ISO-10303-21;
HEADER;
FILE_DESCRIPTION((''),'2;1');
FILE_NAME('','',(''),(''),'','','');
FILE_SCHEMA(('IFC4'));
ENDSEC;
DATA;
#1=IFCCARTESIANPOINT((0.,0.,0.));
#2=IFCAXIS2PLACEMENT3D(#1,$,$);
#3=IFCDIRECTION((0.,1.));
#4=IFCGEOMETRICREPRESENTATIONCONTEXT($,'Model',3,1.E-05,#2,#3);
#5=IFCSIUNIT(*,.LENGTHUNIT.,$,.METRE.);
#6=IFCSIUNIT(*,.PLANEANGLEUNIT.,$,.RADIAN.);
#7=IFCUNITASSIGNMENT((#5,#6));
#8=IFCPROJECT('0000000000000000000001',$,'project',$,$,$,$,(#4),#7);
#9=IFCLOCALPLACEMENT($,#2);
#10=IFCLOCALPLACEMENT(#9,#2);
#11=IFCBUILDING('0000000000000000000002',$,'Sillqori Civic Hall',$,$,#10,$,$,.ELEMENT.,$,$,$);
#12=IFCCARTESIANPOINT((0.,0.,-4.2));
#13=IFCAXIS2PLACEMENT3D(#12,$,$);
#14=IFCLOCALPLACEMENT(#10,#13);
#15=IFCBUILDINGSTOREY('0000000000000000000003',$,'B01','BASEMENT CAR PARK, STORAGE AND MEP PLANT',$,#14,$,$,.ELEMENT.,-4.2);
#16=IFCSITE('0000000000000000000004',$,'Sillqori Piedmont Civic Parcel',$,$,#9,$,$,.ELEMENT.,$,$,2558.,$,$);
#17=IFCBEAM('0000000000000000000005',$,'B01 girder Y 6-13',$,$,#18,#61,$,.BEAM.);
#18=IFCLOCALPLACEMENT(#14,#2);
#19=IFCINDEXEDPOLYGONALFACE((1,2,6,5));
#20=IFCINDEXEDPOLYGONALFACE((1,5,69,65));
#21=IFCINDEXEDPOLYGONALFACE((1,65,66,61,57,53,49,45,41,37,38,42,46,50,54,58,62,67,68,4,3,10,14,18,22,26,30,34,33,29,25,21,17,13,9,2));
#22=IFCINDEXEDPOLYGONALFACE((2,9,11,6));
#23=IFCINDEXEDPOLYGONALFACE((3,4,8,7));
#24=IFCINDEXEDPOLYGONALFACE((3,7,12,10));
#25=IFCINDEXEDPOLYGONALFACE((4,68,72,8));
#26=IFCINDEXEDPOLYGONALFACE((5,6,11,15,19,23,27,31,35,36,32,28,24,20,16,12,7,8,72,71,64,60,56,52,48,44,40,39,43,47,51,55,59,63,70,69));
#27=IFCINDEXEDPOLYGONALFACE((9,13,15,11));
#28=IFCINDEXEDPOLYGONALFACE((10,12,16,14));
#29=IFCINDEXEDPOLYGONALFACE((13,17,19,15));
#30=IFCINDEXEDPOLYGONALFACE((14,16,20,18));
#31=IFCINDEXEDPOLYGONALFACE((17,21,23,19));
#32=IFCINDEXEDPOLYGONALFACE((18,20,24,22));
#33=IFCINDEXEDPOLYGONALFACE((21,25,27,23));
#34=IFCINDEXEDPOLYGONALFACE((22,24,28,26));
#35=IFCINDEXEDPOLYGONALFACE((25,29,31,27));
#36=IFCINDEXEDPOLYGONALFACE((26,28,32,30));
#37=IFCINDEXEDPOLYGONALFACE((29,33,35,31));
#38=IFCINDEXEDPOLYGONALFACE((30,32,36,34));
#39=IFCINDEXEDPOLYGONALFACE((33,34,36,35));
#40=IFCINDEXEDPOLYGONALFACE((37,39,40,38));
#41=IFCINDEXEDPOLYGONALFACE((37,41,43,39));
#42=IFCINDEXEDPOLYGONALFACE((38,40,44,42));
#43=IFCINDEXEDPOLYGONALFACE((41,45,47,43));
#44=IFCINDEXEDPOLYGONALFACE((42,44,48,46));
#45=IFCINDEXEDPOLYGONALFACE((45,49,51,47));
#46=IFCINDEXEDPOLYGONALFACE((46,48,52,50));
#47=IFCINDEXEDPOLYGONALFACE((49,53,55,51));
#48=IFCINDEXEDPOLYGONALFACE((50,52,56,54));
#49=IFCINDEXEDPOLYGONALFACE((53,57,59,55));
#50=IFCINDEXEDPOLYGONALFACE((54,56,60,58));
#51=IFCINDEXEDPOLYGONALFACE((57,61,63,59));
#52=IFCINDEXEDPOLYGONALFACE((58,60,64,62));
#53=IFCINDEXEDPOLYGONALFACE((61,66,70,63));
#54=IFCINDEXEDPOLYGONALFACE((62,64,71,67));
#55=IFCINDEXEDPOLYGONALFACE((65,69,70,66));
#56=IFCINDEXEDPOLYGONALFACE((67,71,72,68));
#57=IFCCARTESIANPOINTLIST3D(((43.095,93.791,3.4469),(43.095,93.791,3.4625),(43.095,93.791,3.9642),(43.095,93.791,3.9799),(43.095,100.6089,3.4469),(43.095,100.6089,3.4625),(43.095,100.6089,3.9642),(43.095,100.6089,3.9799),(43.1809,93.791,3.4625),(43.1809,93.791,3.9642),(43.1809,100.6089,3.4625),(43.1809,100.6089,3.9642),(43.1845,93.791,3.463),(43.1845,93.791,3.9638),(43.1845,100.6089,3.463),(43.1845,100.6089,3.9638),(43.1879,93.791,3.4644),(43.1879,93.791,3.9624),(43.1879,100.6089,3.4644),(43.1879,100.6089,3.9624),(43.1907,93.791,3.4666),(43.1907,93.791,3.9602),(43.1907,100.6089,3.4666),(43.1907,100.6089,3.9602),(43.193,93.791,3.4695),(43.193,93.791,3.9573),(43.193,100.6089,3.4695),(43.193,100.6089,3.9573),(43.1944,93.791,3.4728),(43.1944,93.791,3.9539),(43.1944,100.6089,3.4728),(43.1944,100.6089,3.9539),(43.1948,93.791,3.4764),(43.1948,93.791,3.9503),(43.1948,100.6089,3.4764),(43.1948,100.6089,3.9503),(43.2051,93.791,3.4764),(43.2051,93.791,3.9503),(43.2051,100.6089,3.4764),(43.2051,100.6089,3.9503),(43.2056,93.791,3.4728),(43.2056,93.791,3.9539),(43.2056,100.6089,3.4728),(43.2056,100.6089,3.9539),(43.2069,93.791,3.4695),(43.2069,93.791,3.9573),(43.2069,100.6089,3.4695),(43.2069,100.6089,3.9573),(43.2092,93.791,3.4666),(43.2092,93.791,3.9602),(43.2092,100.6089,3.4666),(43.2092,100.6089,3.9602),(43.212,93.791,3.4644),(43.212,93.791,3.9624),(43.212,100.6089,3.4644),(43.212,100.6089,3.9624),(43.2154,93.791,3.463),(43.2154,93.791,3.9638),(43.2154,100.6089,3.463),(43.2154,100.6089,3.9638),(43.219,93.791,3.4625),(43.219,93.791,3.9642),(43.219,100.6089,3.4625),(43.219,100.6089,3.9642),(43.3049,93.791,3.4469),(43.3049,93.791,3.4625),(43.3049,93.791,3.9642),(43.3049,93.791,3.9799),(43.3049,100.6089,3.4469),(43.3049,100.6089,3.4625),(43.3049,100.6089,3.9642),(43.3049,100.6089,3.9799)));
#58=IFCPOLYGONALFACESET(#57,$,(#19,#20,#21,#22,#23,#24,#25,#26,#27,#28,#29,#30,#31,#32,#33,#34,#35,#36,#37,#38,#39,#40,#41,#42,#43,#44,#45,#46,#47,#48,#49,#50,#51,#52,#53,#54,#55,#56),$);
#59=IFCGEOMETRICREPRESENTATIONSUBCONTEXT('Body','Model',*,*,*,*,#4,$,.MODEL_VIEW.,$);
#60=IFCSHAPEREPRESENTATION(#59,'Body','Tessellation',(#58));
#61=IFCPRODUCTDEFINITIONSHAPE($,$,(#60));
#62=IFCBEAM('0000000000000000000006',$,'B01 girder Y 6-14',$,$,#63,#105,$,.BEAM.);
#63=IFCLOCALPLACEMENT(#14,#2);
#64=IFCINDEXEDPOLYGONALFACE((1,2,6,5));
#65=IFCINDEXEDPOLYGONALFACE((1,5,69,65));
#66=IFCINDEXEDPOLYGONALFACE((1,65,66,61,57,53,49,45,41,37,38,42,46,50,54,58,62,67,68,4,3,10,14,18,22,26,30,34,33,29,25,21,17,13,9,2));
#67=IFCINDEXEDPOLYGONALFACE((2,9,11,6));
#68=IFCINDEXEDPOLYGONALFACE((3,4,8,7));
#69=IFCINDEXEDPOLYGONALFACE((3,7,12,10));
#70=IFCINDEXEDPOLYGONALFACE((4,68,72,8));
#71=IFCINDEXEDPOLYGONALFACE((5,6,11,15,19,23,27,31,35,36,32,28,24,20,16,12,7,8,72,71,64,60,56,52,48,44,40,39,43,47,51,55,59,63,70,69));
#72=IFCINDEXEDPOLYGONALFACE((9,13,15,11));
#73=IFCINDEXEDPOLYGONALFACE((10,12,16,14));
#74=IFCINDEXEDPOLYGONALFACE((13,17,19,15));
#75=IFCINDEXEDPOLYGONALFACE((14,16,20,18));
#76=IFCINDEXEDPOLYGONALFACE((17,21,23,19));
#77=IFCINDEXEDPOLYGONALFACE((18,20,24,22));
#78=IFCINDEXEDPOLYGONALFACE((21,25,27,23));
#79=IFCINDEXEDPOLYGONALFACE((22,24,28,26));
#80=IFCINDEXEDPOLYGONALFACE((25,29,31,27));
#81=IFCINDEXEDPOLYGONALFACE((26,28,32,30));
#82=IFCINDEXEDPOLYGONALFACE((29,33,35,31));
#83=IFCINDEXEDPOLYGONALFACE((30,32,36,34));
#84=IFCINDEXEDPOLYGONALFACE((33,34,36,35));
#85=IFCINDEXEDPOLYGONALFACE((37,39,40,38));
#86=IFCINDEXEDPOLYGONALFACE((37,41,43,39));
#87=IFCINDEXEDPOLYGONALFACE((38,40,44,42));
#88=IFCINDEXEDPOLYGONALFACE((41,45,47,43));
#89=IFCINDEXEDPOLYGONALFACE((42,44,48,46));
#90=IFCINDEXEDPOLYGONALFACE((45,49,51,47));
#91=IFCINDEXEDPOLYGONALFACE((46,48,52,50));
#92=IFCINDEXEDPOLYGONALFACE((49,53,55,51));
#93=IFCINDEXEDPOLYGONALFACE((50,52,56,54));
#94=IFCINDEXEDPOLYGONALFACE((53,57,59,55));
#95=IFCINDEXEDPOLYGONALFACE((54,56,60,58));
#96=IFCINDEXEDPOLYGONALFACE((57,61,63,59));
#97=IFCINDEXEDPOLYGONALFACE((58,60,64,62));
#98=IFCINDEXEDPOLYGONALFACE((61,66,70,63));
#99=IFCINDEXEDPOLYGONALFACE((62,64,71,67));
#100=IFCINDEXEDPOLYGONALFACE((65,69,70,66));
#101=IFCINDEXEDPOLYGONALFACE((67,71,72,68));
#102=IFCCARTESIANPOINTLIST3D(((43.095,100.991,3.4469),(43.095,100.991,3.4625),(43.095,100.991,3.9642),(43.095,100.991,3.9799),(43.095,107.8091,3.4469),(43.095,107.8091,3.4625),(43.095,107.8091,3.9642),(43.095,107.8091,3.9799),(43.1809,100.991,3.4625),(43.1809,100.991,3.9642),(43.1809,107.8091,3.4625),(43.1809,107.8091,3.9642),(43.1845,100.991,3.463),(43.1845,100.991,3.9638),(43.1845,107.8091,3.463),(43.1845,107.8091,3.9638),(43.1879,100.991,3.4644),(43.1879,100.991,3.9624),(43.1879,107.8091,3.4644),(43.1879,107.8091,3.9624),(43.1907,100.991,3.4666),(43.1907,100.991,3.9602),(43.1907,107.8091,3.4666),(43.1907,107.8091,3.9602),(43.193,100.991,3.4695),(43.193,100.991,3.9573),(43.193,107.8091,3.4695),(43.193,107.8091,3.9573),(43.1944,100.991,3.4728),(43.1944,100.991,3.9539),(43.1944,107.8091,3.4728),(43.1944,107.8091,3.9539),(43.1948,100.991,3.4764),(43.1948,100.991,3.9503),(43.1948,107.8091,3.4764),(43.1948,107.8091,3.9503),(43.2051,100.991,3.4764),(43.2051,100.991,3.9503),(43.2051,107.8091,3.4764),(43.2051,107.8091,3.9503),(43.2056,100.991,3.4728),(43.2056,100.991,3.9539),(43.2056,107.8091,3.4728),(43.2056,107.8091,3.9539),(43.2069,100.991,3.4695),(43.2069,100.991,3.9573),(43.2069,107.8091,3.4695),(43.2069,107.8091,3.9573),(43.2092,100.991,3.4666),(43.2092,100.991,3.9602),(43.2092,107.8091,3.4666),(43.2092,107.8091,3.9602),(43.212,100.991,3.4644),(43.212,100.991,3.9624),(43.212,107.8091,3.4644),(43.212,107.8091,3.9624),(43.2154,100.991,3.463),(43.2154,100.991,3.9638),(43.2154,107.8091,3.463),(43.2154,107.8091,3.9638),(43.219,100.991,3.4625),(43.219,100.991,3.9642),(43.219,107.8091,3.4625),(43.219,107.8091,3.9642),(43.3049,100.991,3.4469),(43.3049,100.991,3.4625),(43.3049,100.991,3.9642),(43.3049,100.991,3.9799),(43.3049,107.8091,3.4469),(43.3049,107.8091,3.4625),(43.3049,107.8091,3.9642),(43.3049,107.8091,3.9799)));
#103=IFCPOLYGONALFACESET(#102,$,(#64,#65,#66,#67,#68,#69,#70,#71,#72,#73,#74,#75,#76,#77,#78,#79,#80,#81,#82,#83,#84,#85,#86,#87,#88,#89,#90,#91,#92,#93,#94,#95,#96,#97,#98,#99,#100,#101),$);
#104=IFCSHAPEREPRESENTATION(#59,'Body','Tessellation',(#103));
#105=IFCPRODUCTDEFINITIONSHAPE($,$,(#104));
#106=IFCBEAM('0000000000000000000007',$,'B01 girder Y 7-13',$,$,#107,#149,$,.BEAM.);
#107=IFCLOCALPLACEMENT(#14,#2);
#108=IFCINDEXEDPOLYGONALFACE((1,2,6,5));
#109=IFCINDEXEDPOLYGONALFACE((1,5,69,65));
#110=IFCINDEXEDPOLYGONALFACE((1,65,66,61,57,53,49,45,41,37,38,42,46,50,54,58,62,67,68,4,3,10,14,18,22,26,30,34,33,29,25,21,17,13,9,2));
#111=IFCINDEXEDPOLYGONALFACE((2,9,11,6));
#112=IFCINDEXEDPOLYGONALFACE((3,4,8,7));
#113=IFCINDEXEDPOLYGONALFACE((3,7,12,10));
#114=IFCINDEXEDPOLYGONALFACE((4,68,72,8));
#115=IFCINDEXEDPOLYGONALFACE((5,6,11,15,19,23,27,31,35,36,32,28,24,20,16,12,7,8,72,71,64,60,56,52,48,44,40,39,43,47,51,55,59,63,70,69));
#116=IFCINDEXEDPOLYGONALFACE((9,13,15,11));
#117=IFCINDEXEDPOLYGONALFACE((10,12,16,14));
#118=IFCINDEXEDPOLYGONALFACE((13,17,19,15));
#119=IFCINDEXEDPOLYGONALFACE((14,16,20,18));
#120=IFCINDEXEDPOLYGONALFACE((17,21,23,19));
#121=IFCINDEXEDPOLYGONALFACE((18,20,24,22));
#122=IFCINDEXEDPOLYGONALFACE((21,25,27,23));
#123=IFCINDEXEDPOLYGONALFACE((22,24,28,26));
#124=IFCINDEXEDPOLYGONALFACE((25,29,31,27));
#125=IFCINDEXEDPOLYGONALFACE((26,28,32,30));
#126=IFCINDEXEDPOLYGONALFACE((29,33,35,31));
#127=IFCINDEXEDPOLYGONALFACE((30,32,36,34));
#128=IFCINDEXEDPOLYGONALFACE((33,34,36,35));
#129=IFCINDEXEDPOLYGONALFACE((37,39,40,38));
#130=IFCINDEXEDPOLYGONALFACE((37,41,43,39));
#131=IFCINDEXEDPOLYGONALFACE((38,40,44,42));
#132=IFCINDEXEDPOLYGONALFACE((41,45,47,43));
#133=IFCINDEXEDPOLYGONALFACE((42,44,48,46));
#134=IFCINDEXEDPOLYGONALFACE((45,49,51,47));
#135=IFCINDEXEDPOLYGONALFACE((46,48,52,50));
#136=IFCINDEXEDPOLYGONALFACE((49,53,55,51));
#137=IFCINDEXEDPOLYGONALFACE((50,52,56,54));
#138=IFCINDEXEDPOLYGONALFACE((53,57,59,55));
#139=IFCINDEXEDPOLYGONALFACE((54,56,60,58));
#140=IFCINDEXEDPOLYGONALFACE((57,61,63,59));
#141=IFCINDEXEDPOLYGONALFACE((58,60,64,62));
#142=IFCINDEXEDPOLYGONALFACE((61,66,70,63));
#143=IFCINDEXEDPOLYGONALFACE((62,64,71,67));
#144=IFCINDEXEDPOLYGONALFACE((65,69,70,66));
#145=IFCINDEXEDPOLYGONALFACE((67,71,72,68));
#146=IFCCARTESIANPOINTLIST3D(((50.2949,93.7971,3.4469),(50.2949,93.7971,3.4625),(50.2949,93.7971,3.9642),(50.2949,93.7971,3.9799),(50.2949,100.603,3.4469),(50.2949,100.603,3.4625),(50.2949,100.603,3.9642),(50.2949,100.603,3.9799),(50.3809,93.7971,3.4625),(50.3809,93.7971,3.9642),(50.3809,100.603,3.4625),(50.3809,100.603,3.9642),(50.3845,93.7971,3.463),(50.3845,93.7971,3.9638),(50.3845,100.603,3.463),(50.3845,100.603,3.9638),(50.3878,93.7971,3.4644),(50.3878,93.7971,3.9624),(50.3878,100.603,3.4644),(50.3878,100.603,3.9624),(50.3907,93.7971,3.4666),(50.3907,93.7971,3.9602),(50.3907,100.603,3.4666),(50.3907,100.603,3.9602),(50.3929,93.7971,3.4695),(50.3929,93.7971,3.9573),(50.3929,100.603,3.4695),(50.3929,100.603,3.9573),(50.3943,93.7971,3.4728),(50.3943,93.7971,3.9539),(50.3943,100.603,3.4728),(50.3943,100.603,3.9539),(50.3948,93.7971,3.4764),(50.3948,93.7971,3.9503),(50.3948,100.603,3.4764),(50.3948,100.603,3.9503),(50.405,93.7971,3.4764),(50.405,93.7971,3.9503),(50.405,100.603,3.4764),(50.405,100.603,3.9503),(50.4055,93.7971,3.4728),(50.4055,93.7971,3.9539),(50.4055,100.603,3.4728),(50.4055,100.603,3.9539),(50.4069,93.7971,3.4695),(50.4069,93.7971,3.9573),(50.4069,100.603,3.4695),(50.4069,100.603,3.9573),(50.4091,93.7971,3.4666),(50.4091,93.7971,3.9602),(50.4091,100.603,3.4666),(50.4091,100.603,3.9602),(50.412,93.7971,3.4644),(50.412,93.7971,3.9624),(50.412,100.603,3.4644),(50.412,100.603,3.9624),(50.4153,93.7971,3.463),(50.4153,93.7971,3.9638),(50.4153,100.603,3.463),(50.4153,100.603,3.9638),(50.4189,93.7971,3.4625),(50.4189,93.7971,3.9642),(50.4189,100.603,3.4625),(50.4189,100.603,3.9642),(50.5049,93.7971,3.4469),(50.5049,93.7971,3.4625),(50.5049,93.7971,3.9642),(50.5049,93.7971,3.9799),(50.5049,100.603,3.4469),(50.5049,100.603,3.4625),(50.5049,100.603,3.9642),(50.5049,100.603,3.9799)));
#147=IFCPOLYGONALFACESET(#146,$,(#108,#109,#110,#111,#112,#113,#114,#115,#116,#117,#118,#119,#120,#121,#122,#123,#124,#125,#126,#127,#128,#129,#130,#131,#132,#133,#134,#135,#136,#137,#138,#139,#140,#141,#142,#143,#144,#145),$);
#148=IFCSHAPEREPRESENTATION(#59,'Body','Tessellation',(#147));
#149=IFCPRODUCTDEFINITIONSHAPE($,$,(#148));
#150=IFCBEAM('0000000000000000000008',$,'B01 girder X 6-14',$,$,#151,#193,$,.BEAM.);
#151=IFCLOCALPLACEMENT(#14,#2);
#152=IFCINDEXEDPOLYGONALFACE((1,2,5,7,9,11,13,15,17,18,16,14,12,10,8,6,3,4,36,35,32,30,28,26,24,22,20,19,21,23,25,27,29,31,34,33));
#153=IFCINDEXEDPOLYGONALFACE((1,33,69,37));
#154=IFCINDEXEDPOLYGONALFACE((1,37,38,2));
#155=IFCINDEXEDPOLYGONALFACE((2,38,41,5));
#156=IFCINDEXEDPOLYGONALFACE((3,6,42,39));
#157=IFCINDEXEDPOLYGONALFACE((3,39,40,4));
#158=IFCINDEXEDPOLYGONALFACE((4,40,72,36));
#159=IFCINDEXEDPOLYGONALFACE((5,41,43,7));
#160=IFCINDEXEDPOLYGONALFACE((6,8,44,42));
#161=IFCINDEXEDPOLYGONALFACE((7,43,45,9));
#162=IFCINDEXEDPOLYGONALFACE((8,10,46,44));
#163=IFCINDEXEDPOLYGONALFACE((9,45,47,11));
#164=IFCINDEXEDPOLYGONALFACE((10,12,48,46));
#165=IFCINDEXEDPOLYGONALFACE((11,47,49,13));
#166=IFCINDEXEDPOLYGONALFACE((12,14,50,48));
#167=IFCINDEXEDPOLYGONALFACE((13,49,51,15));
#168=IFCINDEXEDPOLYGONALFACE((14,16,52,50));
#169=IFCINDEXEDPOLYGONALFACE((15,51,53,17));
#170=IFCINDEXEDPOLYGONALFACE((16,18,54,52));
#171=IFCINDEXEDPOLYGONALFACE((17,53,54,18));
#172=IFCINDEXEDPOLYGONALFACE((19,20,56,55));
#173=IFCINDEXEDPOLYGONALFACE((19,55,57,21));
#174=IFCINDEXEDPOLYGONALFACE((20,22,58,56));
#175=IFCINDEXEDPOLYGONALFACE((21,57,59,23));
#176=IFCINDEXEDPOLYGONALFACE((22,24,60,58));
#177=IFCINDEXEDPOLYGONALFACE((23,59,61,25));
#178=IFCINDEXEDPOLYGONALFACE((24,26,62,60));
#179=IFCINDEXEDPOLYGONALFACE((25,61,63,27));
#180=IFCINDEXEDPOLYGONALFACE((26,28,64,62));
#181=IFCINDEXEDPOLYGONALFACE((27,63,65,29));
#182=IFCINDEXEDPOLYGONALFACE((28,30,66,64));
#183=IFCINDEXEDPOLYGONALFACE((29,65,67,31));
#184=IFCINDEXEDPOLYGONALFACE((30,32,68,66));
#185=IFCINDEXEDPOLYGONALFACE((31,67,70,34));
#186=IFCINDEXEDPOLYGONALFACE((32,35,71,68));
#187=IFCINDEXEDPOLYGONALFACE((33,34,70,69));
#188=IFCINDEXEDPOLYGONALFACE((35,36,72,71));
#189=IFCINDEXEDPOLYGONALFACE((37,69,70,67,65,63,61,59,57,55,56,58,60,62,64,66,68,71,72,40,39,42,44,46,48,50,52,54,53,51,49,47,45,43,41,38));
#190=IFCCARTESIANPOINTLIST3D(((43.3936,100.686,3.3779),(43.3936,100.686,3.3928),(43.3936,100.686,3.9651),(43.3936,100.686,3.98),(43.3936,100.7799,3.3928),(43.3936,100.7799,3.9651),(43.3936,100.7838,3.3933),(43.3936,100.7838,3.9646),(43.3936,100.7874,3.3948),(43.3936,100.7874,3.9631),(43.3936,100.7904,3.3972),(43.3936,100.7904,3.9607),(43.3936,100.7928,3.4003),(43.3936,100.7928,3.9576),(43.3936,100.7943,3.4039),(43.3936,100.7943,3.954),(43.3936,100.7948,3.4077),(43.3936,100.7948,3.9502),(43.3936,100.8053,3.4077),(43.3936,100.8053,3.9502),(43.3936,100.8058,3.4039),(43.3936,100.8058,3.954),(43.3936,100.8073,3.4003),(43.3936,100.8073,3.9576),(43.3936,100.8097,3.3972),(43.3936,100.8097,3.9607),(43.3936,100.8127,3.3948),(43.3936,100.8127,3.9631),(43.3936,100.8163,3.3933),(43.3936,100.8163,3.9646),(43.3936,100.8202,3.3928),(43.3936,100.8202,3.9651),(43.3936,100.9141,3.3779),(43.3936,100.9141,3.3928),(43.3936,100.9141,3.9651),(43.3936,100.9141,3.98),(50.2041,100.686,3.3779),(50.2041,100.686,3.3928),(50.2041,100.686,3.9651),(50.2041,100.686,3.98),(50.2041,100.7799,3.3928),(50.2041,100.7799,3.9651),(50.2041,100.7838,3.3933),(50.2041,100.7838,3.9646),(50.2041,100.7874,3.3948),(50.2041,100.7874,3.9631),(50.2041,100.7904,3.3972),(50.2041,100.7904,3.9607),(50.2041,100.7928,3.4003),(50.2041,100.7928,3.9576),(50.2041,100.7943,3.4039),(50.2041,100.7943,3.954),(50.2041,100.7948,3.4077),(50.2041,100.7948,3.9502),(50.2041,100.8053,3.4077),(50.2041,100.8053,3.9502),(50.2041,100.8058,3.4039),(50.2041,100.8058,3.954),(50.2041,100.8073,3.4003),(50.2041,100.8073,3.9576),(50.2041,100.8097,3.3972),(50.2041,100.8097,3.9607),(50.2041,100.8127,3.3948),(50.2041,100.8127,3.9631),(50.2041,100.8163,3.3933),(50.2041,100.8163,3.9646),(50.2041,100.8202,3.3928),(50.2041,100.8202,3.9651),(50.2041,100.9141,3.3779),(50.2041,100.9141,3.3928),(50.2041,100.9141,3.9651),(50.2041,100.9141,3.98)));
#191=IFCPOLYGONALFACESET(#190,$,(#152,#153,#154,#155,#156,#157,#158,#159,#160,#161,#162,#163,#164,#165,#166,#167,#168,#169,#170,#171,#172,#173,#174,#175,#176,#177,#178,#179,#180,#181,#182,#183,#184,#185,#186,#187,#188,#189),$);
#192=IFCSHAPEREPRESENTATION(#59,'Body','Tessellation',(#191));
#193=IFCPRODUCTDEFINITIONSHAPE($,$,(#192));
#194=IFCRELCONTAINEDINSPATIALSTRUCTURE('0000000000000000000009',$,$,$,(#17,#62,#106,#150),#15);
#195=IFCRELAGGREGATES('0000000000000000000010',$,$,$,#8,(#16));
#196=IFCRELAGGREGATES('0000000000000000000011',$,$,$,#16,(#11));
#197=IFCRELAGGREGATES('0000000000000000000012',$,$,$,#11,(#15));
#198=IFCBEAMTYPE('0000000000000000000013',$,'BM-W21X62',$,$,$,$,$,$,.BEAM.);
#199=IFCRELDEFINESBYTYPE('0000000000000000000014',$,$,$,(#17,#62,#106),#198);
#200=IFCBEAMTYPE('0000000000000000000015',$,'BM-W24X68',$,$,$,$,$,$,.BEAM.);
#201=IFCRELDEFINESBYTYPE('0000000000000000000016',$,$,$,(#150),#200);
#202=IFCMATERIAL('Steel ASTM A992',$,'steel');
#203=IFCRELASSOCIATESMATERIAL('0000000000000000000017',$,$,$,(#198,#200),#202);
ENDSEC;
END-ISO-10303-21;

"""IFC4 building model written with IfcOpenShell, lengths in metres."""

from ifc_helpers import new_model, si_unit, direction, frame, origin, origin_2d, place, context, subcontext, project, spatial, i_section, extrude, material, material_profile, profile_set, type_object, element, save


model = new_model("IFC4")

# Units and contexts
model_context = context("Model", 3, precision=1e-05, world=origin(), true_north=direction((0.0, 1.0)))
body_context = subcontext(model_context, "Body", "Model", "MODEL_VIEW")
ifc_project = project(units=[si_unit("LENGTHUNIT", "METRE"), si_unit("PLANEANGLEUNIT", "RADIAN")], contexts=[model_context])

# Site, building, storey
site_placement = place(None, origin())
site = spatial("IfcSite", under=ifc_project, at=site_placement, Name="Sillqori Piedmont Civic Parcel", CompositionType="ELEMENT", RefElevation=2558.0)
building_placement = place(site_placement, origin())
building = spatial("IfcBuilding", under=site, at=building_placement, Name="Sillqori Civic Hall", CompositionType="ELEMENT")
storey_placement = place(building_placement, frame((0.0, 0.0, -4.2)))
storey = spatial("IfcBuildingStorey", under=building, at=storey_placement, Name="B01", Description="BASEMENT CAR PARK, STORAGE AND MEP PLANT", CompositionType="ELEMENT", Elevation=-4.2)

# Shared definitions
ifc_material_1 = material(Name="Steel ASTM A992", Category="steel")

# Beams
ifc_material_profile_1 = material_profile(ifc_material_1, i_section(OverallWidth=0.21, OverallDepth=0.533, WebThickness=0.0103, FlangeThickness=0.0156, FilletRadius=0.0139, at=origin_2d()), Name="W21X62")
ifc_profile_set_1 = profile_set([ifc_material_profile_1], Name="Steel ASTM A992")
beam_type_1 = type_object("IfcBeamType", Name="BM-W21X62", PredefinedType="BEAM", material=ifc_profile_set_1)
beam_1_placement = place(storey_placement, frame((43.2, 93.791, 3.7134), z_axis=(0.0, 1.0, 0.0), x_axis=(-1.0, 0.0, 0.0)))
element("IfcBeam", 1, at=beam_1_placement, inside=storey, type_object=beam_type_1, Name="B01 girder Y 6-13", PredefinedType="BEAM", context=body_context, shape_type="SweptSolid", body=[
    extrude(i_section(OverallWidth=0.21, OverallDepth=0.533, WebThickness=0.0103, FlangeThickness=0.0156, FilletRadius=0.0139, at=origin_2d()), origin(), (0.0, 0.0, 1.0), 6.8179),
])
beam_2_placement = place(storey_placement, frame((43.2, 100.991, 3.7134), z_axis=(0.0, 1.0, 0.0), x_axis=(-1.0, 0.0, 0.0)))
element("IfcBeam", 2, at=beam_2_placement, inside=storey, type_object=beam_type_1, Name="B01 girder Y 6-14", PredefinedType="BEAM", context=body_context, shape_type="SweptSolid", body=[
    extrude(i_section(OverallWidth=0.21, OverallDepth=0.533, WebThickness=0.0103, FlangeThickness=0.0156, FilletRadius=0.0139, at=origin_2d()), origin(), (0.0, 0.0, 1.0), 6.8181),
])
beam_3_placement = place(storey_placement, frame((50.3999, 93.7971, 3.7134), z_axis=(0.0, 1.0, 0.0), x_axis=(-1.0, 0.0, 0.0)))
element("IfcBeam", 3, at=beam_3_placement, inside=storey, type_object=beam_type_1, Name="B01 girder Y 7-13", PredefinedType="BEAM", context=body_context, shape_type="SweptSolid", body=[
    extrude(i_section(OverallWidth=0.21, OverallDepth=0.533, WebThickness=0.0103, FlangeThickness=0.0156, FilletRadius=0.0139, at=origin_2d()), origin(), (0.0, 0.0, 1.0), 6.8059),
])
ifc_material_profile_2 = material_profile(ifc_material_1, i_section(OverallWidth=0.228, OverallDepth=0.6021, WebThickness=0.0105, FlangeThickness=0.0149, FilletRadius=0.0149, at=origin_2d()), Name="W24X68")
ifc_profile_set_2 = profile_set([ifc_material_profile_2], Name="Steel ASTM A992")
beam_type_2 = type_object("IfcBeamType", Name="BM-W24X68", PredefinedType="BEAM", material=ifc_profile_set_2)
beam_4_placement = place(storey_placement, frame((43.3936, 100.8, 3.679), z_axis=(1.0, 0.0, 0.0), x_axis=(0.0, 1.0, 0.0)))
element("IfcBeam", 4, at=beam_4_placement, inside=storey, type_object=beam_type_2, Name="B01 girder X 6-14", PredefinedType="BEAM", context=body_context, shape_type="SweptSolid", body=[
    extrude(i_section(OverallWidth=0.228, OverallDepth=0.6021, WebThickness=0.0105, FlangeThickness=0.0149, FilletRadius=0.0149, at=origin_2d()), origin(), (0.0, 0.0, 1.0), 6.8105),
])

save(model, "model.ifc")
